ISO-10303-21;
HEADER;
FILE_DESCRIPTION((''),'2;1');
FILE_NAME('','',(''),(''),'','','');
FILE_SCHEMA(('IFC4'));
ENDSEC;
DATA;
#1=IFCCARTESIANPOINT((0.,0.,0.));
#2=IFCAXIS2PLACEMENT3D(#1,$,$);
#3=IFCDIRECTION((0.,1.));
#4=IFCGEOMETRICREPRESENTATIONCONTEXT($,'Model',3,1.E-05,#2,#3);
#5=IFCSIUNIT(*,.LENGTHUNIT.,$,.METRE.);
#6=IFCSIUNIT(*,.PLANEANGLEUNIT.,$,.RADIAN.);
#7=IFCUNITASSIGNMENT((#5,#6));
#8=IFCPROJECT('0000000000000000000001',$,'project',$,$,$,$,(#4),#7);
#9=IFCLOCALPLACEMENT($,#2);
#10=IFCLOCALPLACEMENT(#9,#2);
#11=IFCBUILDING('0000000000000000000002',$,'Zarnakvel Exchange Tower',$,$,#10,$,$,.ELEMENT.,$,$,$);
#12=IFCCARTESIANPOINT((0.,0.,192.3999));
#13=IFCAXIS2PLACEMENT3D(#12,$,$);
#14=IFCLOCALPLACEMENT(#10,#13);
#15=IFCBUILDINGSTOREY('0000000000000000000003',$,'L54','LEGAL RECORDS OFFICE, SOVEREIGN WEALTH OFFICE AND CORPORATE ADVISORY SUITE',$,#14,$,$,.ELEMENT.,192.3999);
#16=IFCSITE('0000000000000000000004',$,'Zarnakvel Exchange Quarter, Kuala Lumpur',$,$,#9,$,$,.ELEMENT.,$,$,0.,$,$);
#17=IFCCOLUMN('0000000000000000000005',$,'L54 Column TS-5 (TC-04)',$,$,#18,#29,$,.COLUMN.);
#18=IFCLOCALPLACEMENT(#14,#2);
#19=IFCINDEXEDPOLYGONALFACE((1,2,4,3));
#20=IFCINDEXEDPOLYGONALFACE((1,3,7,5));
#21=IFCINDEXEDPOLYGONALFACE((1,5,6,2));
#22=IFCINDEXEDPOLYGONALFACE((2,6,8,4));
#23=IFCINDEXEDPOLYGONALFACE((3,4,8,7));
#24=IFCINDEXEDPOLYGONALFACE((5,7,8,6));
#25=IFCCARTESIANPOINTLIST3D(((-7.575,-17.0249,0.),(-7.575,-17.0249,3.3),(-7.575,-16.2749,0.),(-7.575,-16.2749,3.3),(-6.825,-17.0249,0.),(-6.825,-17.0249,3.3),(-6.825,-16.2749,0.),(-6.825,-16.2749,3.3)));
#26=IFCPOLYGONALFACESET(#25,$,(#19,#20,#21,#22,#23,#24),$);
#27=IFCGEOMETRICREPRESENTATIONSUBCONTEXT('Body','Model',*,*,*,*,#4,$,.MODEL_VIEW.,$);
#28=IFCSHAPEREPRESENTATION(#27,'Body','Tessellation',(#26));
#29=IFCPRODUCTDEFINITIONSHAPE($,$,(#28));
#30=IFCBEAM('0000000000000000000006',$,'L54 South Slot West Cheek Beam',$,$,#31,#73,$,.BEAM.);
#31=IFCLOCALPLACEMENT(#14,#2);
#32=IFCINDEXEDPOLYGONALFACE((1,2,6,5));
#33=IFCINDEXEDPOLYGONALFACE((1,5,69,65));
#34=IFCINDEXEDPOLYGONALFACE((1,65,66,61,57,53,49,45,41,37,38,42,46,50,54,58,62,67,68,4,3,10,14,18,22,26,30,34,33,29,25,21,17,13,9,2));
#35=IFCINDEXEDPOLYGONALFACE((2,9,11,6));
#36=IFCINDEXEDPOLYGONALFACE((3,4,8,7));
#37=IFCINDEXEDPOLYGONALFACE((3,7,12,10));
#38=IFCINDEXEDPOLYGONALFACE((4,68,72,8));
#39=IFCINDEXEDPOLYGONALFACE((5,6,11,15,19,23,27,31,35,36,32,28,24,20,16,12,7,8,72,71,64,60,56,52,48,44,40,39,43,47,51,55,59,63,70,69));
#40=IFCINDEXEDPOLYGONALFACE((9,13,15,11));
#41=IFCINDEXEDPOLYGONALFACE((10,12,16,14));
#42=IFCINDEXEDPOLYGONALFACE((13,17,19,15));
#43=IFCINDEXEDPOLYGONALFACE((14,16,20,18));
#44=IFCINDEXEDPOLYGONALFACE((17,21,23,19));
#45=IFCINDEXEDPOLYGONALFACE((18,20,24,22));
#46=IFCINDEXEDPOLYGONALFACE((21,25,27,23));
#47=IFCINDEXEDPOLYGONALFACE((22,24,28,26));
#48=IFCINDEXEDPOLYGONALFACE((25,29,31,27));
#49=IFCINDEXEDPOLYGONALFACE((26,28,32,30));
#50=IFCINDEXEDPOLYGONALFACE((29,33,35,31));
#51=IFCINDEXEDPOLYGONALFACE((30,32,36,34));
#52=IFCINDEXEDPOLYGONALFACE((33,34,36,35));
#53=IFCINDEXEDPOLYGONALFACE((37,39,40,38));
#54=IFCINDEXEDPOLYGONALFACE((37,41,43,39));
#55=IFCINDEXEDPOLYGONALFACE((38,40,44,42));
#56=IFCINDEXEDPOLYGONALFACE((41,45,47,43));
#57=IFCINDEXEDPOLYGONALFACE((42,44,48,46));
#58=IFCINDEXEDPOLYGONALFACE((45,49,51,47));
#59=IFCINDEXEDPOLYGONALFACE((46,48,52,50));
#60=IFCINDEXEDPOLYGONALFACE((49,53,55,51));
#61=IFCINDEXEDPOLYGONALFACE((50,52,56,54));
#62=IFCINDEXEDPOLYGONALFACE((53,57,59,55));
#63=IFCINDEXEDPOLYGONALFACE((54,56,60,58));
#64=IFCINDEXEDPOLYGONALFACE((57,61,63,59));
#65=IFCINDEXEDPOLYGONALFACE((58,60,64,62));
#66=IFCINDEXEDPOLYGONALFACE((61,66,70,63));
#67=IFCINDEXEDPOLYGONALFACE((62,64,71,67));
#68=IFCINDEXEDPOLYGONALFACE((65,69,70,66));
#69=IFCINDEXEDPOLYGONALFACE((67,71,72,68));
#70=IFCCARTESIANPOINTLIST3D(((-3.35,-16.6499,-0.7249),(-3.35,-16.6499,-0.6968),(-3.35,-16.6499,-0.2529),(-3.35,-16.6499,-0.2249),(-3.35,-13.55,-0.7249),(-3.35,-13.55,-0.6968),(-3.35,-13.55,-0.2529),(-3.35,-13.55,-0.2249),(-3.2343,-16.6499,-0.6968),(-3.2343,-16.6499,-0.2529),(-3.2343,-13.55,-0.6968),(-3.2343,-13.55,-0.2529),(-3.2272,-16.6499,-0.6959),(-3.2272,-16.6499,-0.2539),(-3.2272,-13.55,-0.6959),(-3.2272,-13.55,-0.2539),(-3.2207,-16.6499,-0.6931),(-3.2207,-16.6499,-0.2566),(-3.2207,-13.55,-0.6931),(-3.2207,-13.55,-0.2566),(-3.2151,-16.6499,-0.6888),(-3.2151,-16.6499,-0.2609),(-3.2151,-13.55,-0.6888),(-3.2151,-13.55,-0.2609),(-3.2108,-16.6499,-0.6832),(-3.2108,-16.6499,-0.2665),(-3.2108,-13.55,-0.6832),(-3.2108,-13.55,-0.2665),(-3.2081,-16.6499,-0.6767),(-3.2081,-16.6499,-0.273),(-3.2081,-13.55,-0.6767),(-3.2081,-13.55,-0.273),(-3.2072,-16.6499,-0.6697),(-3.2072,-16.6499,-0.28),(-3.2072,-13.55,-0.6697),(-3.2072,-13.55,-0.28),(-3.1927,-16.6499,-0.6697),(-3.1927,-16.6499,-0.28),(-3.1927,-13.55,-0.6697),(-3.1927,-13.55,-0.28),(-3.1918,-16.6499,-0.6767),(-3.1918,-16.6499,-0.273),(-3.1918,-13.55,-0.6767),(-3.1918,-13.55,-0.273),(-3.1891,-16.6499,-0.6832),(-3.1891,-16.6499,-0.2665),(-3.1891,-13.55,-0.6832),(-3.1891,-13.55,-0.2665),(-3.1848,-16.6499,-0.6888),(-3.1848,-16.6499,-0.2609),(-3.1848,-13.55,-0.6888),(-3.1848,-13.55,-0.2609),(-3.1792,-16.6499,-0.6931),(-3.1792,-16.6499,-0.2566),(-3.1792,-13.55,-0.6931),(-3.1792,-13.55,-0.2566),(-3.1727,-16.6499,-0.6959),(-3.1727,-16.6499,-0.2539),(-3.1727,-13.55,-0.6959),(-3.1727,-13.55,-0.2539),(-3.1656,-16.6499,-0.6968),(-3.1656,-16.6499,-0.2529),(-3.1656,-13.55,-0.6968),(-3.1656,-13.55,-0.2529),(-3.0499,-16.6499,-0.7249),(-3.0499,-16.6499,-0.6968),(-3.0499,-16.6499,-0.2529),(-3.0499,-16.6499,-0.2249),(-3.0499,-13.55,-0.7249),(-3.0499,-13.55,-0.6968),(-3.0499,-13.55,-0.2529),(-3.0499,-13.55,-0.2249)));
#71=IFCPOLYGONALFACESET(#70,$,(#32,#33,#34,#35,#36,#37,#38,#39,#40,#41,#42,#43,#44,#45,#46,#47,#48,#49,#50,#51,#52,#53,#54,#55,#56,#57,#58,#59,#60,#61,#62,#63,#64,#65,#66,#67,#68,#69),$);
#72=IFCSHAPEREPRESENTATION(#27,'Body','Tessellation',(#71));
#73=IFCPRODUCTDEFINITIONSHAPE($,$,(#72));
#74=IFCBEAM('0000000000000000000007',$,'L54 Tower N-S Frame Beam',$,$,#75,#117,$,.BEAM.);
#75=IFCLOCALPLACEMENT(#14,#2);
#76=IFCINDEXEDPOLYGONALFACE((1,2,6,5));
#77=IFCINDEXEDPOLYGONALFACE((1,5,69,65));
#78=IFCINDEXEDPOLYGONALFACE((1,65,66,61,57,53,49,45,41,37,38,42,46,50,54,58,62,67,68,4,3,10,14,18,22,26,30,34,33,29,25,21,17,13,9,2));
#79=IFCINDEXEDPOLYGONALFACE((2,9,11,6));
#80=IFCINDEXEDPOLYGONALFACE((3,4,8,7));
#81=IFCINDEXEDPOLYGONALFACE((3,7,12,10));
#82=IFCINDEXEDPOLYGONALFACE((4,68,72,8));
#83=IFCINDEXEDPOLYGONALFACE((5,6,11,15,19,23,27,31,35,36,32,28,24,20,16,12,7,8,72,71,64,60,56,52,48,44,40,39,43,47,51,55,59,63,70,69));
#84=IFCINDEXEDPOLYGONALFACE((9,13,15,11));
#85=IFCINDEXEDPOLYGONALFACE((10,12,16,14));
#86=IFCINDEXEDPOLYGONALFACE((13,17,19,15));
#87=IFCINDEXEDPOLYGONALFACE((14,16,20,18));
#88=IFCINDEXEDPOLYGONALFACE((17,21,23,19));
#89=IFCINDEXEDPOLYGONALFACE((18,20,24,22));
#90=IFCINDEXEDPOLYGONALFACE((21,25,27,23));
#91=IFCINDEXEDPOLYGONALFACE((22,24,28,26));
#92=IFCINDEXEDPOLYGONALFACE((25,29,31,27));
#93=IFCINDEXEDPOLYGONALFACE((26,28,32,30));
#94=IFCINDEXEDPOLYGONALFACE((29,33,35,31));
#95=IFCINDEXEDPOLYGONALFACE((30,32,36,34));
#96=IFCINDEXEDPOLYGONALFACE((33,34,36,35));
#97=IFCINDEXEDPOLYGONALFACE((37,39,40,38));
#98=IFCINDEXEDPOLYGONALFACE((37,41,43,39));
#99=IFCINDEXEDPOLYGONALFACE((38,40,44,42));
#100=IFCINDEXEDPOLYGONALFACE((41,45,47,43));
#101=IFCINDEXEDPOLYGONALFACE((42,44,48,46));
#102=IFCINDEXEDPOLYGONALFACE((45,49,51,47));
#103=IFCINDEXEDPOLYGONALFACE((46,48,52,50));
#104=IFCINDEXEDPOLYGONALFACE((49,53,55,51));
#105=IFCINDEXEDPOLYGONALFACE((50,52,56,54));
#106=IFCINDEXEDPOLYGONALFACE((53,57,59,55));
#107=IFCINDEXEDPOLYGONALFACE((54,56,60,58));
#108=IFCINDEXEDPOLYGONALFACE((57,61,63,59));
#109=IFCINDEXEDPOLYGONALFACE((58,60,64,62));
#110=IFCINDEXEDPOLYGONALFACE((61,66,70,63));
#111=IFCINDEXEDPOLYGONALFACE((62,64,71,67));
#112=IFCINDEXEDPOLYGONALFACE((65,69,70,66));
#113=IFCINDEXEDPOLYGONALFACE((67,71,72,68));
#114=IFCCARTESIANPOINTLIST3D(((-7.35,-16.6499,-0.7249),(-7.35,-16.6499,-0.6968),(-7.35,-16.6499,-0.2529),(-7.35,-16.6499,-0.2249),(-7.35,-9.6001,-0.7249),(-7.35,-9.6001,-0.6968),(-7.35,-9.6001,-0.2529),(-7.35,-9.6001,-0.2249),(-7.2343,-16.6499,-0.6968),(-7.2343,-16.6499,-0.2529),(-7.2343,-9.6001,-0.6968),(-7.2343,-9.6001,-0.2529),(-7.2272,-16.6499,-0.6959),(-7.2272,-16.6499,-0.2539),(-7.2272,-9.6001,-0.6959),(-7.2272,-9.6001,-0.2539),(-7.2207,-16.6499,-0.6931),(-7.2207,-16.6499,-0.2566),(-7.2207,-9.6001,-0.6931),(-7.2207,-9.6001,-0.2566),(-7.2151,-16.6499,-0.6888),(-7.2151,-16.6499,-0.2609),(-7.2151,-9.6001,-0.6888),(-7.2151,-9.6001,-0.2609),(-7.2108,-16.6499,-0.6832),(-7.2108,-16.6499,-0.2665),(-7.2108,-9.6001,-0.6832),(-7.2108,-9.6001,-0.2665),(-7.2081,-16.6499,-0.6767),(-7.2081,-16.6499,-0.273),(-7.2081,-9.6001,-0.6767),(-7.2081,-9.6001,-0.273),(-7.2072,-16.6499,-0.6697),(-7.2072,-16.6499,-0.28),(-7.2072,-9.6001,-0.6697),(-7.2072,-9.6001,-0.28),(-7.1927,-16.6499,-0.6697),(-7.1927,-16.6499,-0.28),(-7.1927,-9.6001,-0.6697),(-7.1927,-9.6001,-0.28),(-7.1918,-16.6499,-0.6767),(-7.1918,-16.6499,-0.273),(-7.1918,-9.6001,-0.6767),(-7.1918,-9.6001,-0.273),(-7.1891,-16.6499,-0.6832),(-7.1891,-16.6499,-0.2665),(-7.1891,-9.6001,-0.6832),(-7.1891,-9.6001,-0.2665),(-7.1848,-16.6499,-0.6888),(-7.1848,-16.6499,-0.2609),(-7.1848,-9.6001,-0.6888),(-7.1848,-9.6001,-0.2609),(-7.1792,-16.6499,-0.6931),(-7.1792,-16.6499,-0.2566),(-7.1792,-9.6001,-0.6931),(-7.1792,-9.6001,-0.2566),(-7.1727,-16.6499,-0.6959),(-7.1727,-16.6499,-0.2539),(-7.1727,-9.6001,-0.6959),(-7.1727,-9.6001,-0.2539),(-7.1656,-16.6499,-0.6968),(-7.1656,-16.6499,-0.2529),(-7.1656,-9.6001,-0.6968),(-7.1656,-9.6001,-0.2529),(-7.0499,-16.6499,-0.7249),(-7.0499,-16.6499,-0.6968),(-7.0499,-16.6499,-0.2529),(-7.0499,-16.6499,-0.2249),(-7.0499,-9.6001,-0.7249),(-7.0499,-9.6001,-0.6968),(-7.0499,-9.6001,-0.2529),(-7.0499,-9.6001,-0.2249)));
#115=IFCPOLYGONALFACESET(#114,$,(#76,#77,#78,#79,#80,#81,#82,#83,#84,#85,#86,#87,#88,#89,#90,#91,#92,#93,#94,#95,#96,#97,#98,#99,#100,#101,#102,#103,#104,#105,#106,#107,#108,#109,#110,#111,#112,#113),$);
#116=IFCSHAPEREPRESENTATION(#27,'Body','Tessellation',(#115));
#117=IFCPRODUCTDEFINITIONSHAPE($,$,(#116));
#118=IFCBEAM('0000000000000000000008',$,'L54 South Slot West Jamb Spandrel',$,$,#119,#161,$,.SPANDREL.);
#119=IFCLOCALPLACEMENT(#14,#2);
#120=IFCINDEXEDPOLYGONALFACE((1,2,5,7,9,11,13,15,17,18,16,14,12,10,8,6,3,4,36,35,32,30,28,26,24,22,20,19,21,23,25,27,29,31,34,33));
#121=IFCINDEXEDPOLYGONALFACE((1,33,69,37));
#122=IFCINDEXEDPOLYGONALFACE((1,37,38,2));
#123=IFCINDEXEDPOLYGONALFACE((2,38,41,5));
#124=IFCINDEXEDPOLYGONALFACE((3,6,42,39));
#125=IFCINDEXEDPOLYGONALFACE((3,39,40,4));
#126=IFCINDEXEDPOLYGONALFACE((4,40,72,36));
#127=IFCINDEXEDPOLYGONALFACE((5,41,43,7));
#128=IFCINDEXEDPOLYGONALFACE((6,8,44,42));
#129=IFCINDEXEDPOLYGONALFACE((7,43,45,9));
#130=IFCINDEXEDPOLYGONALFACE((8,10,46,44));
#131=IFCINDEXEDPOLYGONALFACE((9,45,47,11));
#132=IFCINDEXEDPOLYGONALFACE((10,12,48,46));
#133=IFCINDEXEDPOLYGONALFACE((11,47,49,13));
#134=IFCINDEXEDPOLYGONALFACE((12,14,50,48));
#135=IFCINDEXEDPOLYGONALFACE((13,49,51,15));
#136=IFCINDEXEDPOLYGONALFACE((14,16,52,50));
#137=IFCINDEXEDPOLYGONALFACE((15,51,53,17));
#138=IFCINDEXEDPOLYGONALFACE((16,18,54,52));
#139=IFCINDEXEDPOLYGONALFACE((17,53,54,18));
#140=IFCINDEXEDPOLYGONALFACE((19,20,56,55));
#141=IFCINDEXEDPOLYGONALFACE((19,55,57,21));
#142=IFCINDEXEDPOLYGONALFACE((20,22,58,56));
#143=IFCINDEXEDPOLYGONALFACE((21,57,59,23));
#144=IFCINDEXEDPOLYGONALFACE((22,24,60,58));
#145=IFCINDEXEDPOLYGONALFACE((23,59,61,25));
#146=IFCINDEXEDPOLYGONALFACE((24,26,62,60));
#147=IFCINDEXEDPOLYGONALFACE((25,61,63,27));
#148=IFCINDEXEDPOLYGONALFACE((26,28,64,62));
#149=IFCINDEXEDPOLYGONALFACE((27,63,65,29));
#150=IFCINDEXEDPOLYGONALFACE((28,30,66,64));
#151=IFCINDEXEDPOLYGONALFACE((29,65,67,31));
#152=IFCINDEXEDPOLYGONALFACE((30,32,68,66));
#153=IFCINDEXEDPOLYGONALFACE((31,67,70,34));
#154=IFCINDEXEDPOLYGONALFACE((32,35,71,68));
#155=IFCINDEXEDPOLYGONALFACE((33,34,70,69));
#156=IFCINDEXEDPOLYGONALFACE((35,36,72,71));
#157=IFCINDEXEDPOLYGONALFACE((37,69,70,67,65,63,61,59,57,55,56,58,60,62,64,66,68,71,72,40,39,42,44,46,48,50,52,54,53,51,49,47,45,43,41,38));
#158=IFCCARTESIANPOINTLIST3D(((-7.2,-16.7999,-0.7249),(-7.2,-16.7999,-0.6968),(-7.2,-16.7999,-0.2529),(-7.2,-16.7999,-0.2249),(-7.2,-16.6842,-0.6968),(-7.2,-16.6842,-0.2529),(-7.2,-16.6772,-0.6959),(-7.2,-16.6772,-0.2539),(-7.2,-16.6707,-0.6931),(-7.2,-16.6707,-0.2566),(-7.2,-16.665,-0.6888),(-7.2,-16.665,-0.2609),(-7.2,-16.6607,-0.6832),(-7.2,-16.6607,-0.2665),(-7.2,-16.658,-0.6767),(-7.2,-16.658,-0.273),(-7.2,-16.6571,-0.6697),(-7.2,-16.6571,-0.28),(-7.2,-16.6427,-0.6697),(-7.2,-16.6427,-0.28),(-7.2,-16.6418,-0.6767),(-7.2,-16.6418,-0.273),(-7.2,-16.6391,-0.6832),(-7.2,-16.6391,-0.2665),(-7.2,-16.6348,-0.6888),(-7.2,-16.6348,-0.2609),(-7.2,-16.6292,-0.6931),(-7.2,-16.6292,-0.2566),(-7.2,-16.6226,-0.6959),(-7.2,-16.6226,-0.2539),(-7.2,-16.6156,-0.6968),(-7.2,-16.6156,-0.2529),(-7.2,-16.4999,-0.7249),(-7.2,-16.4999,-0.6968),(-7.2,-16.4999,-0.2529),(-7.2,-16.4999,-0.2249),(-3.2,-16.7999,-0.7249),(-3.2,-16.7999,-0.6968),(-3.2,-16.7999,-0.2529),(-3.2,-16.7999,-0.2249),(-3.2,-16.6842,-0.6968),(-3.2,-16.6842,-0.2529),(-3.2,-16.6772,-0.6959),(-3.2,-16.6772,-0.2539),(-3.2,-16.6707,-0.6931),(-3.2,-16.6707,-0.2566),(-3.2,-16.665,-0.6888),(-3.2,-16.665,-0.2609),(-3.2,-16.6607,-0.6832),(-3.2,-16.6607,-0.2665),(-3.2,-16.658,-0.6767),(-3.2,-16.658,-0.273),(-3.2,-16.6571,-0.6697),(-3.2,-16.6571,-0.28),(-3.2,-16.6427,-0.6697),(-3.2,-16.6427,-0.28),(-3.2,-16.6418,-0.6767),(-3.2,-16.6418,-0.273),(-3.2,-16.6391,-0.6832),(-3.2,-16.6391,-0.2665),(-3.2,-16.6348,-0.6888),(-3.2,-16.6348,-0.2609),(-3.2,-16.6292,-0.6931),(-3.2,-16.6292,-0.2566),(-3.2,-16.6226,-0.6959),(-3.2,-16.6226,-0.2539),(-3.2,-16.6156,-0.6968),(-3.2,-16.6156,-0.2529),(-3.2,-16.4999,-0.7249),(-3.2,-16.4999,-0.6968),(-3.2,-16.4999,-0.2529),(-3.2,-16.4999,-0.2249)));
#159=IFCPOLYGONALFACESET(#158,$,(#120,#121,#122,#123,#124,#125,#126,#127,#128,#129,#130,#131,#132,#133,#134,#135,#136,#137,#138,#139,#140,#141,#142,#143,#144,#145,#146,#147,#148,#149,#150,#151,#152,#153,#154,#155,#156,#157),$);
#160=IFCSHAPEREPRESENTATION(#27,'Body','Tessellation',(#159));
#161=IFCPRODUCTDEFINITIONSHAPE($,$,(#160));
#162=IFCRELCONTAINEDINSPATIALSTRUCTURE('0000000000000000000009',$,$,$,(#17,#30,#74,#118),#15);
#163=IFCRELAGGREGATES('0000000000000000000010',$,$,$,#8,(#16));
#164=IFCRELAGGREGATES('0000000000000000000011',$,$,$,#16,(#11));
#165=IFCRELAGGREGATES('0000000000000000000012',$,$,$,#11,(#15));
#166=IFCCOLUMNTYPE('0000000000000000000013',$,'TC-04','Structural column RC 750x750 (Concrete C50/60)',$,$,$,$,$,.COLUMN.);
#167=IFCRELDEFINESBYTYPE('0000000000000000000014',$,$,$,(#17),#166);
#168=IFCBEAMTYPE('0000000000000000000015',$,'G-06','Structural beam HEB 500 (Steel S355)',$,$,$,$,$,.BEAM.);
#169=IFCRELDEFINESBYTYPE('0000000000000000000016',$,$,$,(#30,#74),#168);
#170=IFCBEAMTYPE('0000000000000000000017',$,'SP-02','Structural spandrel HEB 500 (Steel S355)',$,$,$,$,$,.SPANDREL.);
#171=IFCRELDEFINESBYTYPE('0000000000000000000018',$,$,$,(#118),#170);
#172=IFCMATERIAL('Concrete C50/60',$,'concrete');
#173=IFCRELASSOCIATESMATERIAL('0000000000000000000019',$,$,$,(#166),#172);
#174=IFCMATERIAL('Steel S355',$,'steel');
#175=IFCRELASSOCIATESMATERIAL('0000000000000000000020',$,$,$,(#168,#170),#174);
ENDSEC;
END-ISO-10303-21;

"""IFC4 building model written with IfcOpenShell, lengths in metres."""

from ifc_helpers import new_model, si_unit, direction, frame, origin, origin_2d, place, context, subcontext, project, spatial, rectangle, i_section, extrude, material, material_profile, profile_set, type_object, element, save


model = new_model("IFC4")

# Units and contexts
model_context = context("Model", 3, precision=1e-05, world=origin(), true_north=direction((0.0, 1.0)))
body_context = subcontext(model_context, "Body", "Model", "MODEL_VIEW")
ifc_project = project(units=[si_unit("LENGTHUNIT", "METRE"), si_unit("PLANEANGLEUNIT", "RADIAN")], contexts=[model_context])

# Site, building, storey
site_placement = place(None, origin())
site = spatial("IfcSite", under=ifc_project, at=site_placement, Name="Zarnakvel Exchange Quarter, Kuala Lumpur", CompositionType="ELEMENT", RefElevation=0.0)
building_placement = place(site_placement, origin())
building = spatial("IfcBuilding", under=site, at=building_placement, Name="Zarnakvel Exchange Tower", CompositionType="ELEMENT")
storey_placement = place(building_placement, frame((0.0, 0.0, 192.3999)))
storey = spatial("IfcBuildingStorey", under=building, at=storey_placement, Name="L54", Description="LEGAL RECORDS OFFICE, SOVEREIGN WEALTH OFFICE AND CORPORATE ADVISORY SUITE", CompositionType="ELEMENT", Elevation=192.3999)

# Column
ifc_material_1 = material(Name="Concrete C50/60", Category="concrete")
ifc_material_profile_1 = material_profile(ifc_material_1, rectangle(XDim=0.75, YDim=0.75, at=origin_2d()))
ifc_profile_set_1 = profile_set([ifc_material_profile_1], Name="Concrete C50/60")
column_type = type_object("IfcColumnType", Name="TC-04", Description="Structural column RC 750x750 (Concrete C50/60)", PredefinedType="COLUMN", material=ifc_profile_set_1)
column_placement = place(storey_placement, frame((-7.2, -16.6499, 0.0), z_axis=(0.0, 0.0, 1.0), x_axis=(1.0, 0.0, 0.0)))
element("IfcColumn", 1, at=column_placement, inside=storey, type_object=column_type, Name="L54 Column TS-5 (TC-04)", PredefinedType="COLUMN", context=body_context, shape_type="SweptSolid", body=[
    extrude(rectangle(XDim=0.75, YDim=0.75, at=origin_2d()), origin(), (0.0, 0.0, 1.0), 3.3),
])

# Beams
ifc_material_2 = material(Name="Steel S355", Category="steel")
ifc_material_profile_2 = material_profile(ifc_material_2, i_section(OverallWidth=0.3, OverallDepth=0.5, WebThickness=0.0144, FlangeThickness=0.0281, FilletRadius=0.0271, at=origin_2d()))
ifc_profile_set_2 = profile_set([ifc_material_profile_2], Name="Steel S355")
beam_type_1 = type_object("IfcBeamType", Name="G-06", Description="Structural beam HEB 500 (Steel S355)", PredefinedType="BEAM", material=ifc_profile_set_2)
beam_1_placement = place(storey_placement, frame((-3.2, -16.6499, -0.4749), z_axis=(0.0, 1.0, 0.0), x_axis=(-1.0, 0.0, 0.0)))
element("IfcBeam", 2, at=beam_1_placement, inside=storey, type_object=beam_type_1, Name="L54 South Slot West Cheek Beam", PredefinedType="BEAM", context=body_context, shape_type="SweptSolid", body=[
    extrude(i_section(OverallWidth=0.3, OverallDepth=0.5, WebThickness=0.0144, FlangeThickness=0.0281, FilletRadius=0.0271, at=origin_2d()), origin(), (0.0, 0.0, 1.0), 3.0999),
])
beam_2_placement = place(storey_placement, frame((-7.2, -16.6499, -0.4749), z_axis=(0.0, 1.0, 0.0), x_axis=(-1.0, 0.0, 0.0)))
element("IfcBeam", 3, at=beam_2_placement, inside=storey, type_object=beam_type_1, Name="L54 Tower N-S Frame Beam", PredefinedType="BEAM", context=body_context, shape_type="SweptSolid", body=[
    extrude(i_section(OverallWidth=0.3, OverallDepth=0.5, WebThickness=0.0144, FlangeThickness=0.0281, FilletRadius=0.0271, at=origin_2d()), origin(), (0.0, 0.0, 1.0), 7.0498),
])
ifc_material_profile_3 = material_profile(ifc_material_2, i_section(OverallWidth=0.3, OverallDepth=0.5, WebThickness=0.0144, FlangeThickness=0.0281, FilletRadius=0.0271, at=origin_2d()))
ifc_profile_set_3 = profile_set([ifc_material_profile_3], Name="Steel S355")
beam_type_2 = type_object("IfcBeamType", Name="SP-02", Description="Structural spandrel HEB 500 (Steel S355)", PredefinedType="SPANDREL", material=ifc_profile_set_3)
beam_3_placement = place(storey_placement, frame((-7.2, -16.6499, -0.4749), z_axis=(1.0, 0.0, 0.0), x_axis=(0.0, 1.0, 0.0)))
element("IfcBeam", 4, at=beam_3_placement, inside=storey, type_object=beam_type_2, Name="L54 South Slot West Jamb Spandrel", PredefinedType="SPANDREL", context=body_context, shape_type="SweptSolid", body=[
    extrude(i_section(OverallWidth=0.3, OverallDepth=0.5, WebThickness=0.0144, FlangeThickness=0.0281, FilletRadius=0.0271, at=origin_2d()), origin(), (0.0, 0.0, 1.0), 4.0),
])

save(model, "model.ifc")
